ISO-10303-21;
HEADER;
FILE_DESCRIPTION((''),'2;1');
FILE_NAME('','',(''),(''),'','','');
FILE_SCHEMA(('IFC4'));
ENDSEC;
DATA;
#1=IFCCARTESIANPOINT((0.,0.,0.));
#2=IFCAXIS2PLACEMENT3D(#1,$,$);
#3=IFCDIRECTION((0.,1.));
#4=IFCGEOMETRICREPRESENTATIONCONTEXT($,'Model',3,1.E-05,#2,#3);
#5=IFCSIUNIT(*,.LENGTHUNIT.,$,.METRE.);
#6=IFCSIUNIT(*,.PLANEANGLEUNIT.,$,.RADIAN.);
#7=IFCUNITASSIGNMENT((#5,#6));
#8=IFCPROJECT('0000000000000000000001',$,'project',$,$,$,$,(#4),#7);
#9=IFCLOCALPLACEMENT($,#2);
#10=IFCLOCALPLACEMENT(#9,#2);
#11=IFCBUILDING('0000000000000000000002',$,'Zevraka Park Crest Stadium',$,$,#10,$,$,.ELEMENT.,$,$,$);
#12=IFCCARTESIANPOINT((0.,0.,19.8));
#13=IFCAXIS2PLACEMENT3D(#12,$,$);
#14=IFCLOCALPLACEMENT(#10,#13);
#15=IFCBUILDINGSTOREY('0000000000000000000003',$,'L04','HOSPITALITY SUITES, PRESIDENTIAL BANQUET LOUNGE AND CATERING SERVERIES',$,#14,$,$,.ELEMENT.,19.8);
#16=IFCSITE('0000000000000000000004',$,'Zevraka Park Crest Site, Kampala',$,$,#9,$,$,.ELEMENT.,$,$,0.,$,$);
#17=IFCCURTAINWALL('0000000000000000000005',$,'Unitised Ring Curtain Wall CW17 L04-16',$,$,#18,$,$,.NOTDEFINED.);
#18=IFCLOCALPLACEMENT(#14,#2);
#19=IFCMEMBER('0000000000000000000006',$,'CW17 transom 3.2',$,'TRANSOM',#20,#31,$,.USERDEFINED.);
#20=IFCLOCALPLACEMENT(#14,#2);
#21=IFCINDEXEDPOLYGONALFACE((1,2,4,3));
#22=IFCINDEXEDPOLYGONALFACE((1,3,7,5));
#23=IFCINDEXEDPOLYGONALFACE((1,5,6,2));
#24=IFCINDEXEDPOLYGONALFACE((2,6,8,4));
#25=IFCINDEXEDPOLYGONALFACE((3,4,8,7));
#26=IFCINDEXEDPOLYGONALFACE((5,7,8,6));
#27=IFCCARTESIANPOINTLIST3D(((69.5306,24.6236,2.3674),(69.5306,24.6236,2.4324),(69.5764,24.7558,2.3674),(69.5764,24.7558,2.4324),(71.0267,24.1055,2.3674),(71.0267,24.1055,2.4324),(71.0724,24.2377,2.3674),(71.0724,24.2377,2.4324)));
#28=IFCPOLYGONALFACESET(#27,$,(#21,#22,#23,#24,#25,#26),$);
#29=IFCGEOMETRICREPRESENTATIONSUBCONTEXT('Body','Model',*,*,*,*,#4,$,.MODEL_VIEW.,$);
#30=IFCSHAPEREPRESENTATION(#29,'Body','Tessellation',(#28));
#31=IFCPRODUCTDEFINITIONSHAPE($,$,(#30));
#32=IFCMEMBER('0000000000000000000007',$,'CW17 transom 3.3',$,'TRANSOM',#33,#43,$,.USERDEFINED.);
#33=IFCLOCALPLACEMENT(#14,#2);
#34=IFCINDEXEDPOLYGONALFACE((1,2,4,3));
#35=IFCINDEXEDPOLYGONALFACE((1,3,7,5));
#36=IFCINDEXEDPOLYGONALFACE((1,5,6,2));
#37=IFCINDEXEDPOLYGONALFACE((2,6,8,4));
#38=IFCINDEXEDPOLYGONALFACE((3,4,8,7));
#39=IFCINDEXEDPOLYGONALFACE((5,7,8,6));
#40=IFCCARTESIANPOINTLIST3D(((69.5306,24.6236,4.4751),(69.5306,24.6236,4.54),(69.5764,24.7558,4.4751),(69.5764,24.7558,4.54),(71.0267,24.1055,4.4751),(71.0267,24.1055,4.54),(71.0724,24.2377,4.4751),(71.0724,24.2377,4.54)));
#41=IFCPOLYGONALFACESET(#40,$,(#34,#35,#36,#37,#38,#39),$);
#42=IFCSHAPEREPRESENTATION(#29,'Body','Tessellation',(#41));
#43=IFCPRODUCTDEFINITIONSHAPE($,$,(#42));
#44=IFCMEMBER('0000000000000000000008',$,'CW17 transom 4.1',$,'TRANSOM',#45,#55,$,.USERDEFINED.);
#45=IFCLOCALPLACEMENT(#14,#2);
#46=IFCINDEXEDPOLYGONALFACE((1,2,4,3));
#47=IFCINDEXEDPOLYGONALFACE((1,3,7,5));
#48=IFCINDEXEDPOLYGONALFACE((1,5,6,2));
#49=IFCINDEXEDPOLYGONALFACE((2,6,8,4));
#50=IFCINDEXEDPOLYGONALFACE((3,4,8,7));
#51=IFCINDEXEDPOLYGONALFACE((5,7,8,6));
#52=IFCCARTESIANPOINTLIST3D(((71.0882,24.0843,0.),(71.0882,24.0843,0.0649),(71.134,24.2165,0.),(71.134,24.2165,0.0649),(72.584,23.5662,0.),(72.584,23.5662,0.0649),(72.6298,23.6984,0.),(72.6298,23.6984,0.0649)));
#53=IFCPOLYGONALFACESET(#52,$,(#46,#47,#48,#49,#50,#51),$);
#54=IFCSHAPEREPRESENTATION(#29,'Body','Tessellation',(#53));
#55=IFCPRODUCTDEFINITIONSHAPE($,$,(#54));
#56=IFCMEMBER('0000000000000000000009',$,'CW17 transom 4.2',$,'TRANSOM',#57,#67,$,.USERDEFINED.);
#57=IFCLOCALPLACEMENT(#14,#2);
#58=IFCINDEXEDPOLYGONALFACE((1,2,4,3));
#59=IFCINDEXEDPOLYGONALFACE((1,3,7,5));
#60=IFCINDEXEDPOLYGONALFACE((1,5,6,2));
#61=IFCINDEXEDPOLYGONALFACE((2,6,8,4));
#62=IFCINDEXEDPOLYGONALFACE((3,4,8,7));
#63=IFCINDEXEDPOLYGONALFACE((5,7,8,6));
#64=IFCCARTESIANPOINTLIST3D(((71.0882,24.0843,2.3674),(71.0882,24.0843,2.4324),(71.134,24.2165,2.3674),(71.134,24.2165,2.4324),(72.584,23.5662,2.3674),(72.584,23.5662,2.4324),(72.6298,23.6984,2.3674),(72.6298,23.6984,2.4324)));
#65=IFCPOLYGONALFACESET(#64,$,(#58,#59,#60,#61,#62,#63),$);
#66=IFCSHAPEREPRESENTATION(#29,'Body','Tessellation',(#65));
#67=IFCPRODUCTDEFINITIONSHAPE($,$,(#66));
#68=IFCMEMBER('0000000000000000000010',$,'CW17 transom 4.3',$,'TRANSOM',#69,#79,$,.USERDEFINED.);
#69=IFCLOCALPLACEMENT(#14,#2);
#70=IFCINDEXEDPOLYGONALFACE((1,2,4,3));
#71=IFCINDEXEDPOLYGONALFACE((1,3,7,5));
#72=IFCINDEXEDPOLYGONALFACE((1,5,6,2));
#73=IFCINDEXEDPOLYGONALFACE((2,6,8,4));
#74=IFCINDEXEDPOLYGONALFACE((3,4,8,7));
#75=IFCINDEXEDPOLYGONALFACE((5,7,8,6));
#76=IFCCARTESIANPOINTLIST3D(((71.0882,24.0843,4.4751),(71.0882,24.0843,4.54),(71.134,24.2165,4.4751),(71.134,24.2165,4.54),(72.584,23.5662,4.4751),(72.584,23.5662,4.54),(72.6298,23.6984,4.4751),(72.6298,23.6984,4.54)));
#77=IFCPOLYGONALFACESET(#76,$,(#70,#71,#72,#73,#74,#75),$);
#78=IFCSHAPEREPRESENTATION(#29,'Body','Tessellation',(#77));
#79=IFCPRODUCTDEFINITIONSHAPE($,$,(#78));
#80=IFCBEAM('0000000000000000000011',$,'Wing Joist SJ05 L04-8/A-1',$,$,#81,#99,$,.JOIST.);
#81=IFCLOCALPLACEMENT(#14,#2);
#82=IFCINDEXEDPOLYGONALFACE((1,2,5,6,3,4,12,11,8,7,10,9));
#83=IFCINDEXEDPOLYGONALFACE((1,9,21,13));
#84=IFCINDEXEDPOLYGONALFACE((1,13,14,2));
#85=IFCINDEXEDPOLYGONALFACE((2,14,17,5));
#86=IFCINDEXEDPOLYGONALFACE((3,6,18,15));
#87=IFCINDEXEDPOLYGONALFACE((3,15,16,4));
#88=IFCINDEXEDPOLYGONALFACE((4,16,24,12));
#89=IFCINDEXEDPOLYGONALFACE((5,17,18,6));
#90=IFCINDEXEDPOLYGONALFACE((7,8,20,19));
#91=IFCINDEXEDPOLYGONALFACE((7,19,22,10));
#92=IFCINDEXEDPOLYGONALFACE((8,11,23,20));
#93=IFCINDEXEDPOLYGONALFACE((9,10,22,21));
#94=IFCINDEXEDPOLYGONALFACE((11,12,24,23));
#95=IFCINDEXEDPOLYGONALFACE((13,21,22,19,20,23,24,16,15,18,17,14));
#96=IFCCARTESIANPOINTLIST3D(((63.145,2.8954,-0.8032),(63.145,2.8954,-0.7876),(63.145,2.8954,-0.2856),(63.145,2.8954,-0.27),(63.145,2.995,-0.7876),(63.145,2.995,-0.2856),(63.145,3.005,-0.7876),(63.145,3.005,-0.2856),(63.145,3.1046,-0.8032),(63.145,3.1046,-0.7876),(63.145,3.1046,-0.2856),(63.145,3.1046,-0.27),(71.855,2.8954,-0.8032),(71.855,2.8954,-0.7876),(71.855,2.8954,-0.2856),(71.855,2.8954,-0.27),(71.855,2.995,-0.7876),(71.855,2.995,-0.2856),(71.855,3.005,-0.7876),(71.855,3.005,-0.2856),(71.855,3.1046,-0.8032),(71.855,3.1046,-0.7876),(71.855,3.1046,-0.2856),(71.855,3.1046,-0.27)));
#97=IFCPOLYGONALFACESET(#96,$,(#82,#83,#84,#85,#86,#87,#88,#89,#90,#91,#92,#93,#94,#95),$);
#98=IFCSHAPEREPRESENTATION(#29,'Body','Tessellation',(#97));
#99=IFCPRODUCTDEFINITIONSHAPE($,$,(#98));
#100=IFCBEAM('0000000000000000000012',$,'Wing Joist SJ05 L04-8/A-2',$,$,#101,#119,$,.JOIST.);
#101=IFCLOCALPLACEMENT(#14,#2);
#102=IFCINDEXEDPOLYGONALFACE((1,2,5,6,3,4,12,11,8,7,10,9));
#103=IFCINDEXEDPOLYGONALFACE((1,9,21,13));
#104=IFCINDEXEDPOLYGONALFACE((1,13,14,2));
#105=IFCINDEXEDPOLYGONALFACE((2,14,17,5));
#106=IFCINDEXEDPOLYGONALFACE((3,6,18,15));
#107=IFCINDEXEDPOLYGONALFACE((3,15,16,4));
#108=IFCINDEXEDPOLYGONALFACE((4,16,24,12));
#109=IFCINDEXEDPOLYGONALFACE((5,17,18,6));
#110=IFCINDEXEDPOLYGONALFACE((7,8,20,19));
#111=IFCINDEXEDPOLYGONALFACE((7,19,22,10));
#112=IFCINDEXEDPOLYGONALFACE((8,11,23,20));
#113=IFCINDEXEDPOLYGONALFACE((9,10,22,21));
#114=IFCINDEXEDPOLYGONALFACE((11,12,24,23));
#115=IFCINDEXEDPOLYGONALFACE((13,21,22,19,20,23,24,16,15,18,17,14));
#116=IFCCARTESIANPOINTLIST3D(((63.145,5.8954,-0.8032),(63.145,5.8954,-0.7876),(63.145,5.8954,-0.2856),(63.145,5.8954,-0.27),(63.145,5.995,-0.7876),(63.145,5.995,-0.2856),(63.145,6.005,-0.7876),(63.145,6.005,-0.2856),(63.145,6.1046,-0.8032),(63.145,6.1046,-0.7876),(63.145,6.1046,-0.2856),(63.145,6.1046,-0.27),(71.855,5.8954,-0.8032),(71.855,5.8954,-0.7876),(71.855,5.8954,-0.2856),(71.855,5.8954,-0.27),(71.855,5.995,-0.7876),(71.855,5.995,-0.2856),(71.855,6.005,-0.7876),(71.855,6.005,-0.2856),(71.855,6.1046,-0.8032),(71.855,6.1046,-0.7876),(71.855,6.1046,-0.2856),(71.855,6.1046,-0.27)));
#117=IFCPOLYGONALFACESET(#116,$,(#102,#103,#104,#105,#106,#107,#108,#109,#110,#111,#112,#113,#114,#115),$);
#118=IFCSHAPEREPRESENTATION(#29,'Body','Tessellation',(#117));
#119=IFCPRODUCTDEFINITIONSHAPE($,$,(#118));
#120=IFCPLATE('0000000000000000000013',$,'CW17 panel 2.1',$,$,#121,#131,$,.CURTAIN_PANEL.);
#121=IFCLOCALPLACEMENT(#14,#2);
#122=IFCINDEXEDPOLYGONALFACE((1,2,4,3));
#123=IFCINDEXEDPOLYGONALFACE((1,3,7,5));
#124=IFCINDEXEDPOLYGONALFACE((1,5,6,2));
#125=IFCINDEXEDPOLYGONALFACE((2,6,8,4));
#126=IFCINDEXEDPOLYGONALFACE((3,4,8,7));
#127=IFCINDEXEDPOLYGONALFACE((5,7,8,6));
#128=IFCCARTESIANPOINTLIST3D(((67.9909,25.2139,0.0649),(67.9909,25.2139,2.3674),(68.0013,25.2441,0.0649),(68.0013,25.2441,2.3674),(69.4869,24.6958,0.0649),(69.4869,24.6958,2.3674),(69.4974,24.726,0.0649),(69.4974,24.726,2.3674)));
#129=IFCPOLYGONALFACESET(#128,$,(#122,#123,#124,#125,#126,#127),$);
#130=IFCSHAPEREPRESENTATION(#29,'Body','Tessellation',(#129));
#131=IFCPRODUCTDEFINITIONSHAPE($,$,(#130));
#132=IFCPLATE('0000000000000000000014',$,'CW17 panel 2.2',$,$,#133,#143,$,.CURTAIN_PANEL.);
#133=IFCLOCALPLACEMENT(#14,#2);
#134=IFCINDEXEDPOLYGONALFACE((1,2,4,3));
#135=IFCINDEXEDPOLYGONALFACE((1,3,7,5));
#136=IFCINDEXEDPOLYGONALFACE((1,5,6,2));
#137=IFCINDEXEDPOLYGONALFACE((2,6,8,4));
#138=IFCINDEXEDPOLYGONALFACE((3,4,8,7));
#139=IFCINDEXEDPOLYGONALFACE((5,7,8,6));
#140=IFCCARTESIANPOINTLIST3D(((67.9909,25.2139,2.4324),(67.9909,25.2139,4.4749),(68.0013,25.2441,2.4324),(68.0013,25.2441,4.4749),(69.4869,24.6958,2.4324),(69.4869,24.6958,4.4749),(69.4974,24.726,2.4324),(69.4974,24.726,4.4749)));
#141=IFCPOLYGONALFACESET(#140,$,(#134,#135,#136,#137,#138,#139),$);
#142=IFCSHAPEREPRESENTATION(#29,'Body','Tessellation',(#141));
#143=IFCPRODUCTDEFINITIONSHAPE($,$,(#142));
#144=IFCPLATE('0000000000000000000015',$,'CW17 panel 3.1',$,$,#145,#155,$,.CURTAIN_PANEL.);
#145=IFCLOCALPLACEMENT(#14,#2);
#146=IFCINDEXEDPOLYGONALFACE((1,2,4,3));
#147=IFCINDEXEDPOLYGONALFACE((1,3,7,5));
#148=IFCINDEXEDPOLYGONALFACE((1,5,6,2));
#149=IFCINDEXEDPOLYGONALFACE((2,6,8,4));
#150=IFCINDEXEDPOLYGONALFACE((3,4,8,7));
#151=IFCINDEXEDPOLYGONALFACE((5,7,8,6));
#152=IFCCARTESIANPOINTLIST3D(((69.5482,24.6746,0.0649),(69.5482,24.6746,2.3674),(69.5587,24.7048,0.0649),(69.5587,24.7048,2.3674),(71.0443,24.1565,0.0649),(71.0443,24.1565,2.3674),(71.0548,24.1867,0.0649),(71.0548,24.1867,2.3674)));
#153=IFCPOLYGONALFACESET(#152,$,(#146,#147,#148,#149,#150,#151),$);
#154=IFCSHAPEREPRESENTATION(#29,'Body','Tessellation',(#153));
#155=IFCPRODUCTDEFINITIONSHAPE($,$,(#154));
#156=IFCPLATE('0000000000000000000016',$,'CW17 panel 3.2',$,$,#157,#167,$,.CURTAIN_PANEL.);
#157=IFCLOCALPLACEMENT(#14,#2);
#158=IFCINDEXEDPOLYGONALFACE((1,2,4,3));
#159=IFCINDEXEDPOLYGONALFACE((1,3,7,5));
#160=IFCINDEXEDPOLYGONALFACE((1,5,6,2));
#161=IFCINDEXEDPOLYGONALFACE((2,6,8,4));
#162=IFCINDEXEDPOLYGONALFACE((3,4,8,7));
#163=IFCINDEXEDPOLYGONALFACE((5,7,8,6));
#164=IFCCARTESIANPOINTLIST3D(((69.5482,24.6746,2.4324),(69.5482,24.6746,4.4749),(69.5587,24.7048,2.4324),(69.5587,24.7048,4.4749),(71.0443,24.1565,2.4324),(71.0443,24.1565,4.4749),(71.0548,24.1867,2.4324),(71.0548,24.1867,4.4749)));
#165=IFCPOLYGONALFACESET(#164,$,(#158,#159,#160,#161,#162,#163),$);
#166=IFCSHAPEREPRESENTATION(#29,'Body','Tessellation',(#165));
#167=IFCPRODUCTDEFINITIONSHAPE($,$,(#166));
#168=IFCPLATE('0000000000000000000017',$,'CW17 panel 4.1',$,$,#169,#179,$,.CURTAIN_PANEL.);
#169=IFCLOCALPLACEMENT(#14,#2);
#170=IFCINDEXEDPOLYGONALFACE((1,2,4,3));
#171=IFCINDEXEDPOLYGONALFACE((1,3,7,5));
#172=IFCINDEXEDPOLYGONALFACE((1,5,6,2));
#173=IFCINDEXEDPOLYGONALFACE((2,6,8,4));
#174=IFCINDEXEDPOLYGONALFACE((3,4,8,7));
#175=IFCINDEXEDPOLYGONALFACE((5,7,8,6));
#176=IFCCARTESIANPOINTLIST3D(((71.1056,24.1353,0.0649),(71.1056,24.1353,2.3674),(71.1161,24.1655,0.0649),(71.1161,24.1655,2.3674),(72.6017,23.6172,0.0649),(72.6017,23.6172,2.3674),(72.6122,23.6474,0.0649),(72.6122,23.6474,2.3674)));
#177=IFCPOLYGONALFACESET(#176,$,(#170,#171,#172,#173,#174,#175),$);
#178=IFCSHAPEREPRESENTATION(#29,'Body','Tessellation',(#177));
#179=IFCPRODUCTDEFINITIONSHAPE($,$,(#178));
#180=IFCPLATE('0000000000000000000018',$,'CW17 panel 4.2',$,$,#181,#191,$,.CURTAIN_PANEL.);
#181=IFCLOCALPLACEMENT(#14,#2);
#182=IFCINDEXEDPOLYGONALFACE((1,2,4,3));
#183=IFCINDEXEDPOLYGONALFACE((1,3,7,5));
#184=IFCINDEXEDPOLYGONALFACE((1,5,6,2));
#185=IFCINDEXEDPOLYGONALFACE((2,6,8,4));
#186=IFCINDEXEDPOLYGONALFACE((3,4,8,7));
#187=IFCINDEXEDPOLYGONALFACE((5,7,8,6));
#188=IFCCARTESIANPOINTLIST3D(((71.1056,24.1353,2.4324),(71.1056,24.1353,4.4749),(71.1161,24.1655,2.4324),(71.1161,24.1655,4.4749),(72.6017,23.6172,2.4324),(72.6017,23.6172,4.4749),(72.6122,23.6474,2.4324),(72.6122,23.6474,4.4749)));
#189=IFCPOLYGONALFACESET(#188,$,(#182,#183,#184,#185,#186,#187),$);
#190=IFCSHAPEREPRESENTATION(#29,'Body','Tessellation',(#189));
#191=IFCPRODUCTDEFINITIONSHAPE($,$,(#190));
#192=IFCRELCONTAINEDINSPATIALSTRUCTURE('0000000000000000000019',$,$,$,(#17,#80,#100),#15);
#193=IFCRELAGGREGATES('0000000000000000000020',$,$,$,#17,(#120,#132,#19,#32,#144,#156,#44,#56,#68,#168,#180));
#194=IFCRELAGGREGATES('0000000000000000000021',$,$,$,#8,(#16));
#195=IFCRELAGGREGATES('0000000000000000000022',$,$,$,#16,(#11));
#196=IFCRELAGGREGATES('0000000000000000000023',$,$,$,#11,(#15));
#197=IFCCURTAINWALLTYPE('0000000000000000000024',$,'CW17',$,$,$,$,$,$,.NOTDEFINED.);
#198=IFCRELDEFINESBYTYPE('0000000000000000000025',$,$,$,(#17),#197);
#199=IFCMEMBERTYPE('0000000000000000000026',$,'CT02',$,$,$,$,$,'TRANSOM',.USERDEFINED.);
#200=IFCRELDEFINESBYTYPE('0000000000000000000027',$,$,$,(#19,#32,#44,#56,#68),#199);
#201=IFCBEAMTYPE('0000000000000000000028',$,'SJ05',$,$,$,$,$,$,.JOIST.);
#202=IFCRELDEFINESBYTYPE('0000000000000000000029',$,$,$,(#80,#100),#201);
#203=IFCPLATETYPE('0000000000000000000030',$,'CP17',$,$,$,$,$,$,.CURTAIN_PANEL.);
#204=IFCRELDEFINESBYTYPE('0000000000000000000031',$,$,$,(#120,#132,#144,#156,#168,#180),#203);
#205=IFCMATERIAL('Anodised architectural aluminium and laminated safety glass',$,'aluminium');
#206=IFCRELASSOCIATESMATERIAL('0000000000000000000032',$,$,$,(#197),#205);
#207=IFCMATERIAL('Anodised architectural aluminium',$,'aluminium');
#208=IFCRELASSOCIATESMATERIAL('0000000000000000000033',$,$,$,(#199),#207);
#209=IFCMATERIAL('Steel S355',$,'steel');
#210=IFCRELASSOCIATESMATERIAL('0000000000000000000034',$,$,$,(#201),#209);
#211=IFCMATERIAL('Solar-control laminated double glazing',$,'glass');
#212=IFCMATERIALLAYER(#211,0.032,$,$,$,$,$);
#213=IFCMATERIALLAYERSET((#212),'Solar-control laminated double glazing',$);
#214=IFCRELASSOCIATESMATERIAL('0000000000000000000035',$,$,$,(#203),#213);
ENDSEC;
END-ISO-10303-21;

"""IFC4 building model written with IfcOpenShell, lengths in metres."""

from ifc_helpers import new_model, si_unit, direction, frame, origin, origin_2d, place, context, subcontext, project, spatial, rectangle, i_section, extrude, material, layer, layer_set, material_profile, profile_set, type_object, element, aggregate, save


model = new_model("IFC4")

# Units and contexts
model_context = context("Model", 3, precision=1e-05, world=origin(), true_north=direction((0.0, 1.0)))
body_context = subcontext(model_context, "Body", "Model", "MODEL_VIEW")
ifc_project = project(units=[si_unit("LENGTHUNIT", "METRE"), si_unit("PLANEANGLEUNIT", "RADIAN")], contexts=[model_context])

# Site, building, storey
site_placement = place(None, origin())
site = spatial("IfcSite", under=ifc_project, at=site_placement, Name="Zevraka Park Crest Site, Kampala", CompositionType="ELEMENT", RefElevation=0.0)
building_placement = place(site_placement, origin())
building = spatial("IfcBuilding", under=site, at=building_placement, Name="Zevraka Park Crest Stadium", CompositionType="ELEMENT")
storey_placement = place(building_placement, frame((0.0, 0.0, 19.8)))
storey = spatial("IfcBuildingStorey", under=building, at=storey_placement, Name="L04", Description="HOSPITALITY SUITES, PRESIDENTIAL BANQUET LOUNGE AND CATERING SERVERIES", CompositionType="ELEMENT", Elevation=19.8)

# Curtain wall, members
ifc_material_1 = material(Name="Anodised architectural aluminium and laminated safety glass", Category="aluminium")
curtain_wall_type = type_object("IfcCurtainWallType", Name="CW17", PredefinedType="NOTDEFINED", material=ifc_material_1)
curtain_wall_placement = place(storey_placement, origin())
curtain_wall = element("IfcCurtainWall", 1, at=curtain_wall_placement, inside=storey, type_object=curtain_wall_type, Name="Unitised Ring Curtain Wall CW17 L04-16", PredefinedType="NOTDEFINED")
ifc_material_2 = material(Name="Anodised architectural aluminium", Category="aluminium")
ifc_material_profile_1 = material_profile(ifc_material_2, rectangle(XDim=0.1399, YDim=0.0649, at=origin_2d()), Name="ALU TRANSOM 140x65")
ifc_profile_set_1 = profile_set([ifc_material_profile_1], Name="Anodised architectural aluminium")
member_type_1 = type_object("IfcMemberType", Name="CT02", ElementType="TRANSOM", PredefinedType="USERDEFINED", material=ifc_profile_set_1)
member_1_placement = place(storey_placement, frame((69.5535, 24.6897, 2.3999), z_axis=(0.944949, -0.327216, 0.0), x_axis=(0.327216, 0.944949, 0.0)))
member_1 = element("IfcMember", 2, at=member_1_placement, type_object=member_type_1, Name="CW17 transom 3.2", ObjectType="TRANSOM", PredefinedType="USERDEFINED", context=body_context, shape_type="SweptSolid", body=[
    extrude(rectangle(XDim=0.1399, YDim=0.0649, at=origin_2d()), origin(), (0.0, 0.0, 1.0), 1.5833),
])
member_2_placement = place(storey_placement, frame((69.5535, 24.6897, 4.5076), z_axis=(0.944949, -0.327216, 0.0), x_axis=(0.327216, 0.944949, 0.0)))
member_2 = element("IfcMember", 3, at=member_2_placement, type_object=member_type_1, Name="CW17 transom 3.3", ObjectType="TRANSOM", PredefinedType="USERDEFINED", context=body_context, shape_type="SweptSolid", body=[
    extrude(rectangle(XDim=0.1399, YDim=0.0649, at=origin_2d()), origin(), (0.0, 0.0, 1.0), 1.5833),
])
member_3_placement = place(storey_placement, frame((71.1111, 24.1504, 0.0325), z_axis=(0.944933, -0.327264, 0.0), x_axis=(0.327264, 0.944933, 0.0)))
member_3 = element("IfcMember", 4, at=member_3_placement, type_object=member_type_1, Name="CW17 transom 4.1", ObjectType="TRANSOM", PredefinedType="USERDEFINED", context=body_context, shape_type="SweptSolid", body=[
    extrude(rectangle(XDim=0.1399, YDim=0.0649, at=origin_2d()), origin(), (0.0, 0.0, 1.0), 1.583),
])
member_4_placement = place(storey_placement, frame((71.1111, 24.1504, 2.3999), z_axis=(0.944933, -0.327264, 0.0), x_axis=(0.327264, 0.944933, 0.0)))
member_4 = element("IfcMember", 5, at=member_4_placement, type_object=member_type_1, Name="CW17 transom 4.2", ObjectType="TRANSOM", PredefinedType="USERDEFINED", context=body_context, shape_type="SweptSolid", body=[
    extrude(rectangle(XDim=0.1399, YDim=0.0649, at=origin_2d()), origin(), (0.0, 0.0, 1.0), 1.583),
])
member_5_placement = place(storey_placement, frame((71.1111, 24.1504, 4.5076), z_axis=(0.944933, -0.327264, 0.0), x_axis=(0.327264, 0.944933, 0.0)))
member_5 = element("IfcMember", 6, at=member_5_placement, type_object=member_type_1, Name="CW17 transom 4.3", ObjectType="TRANSOM", PredefinedType="USERDEFINED", context=body_context, shape_type="SweptSolid", body=[
    extrude(rectangle(XDim=0.1399, YDim=0.0649, at=origin_2d()), origin(), (0.0, 0.0, 1.0), 1.583),
])

# Beams
ifc_material_3 = material(Name="Steel S355", Category="steel")
ifc_material_profile_2 = material_profile(ifc_material_3, i_section(OverallWidth=0.2092, OverallDepth=0.5332, WebThickness=0.01, FlangeThickness=0.0156, at=origin_2d()), Name="UKB 533x210x92")
ifc_profile_set_2 = profile_set([ifc_material_profile_2], Name="Steel S355")
beam_type_1 = type_object("IfcBeamType", Name="SJ05", PredefinedType="JOIST", material=ifc_profile_set_2)
for number, where, z_axis, x_axis, name in (
    (7, (63.145, 3.0, -0.5366), (1.0, 0.0, 0.0), (0.0, 1.0, 0.0), "Wing Joist SJ05 L04-8/A-1"),
    (8, (63.145, 6.0, -0.5366), (1.0, 0.0, 0.0), (0.0, 1.0, 0.0), "Wing Joist SJ05 L04-8/A-2"),
):
    element("IfcBeam", number, at=place(storey_placement, frame(where, z_axis=z_axis, x_axis=x_axis)), inside=storey, type_object=beam_type_1, Name=name, PredefinedType="JOIST", context=body_context, shape_type="SweptSolid", body=[
        extrude(i_section(OverallWidth=0.2092, OverallDepth=0.5332, WebThickness=0.01, FlangeThickness=0.0156, at=origin_2d()), origin(), (0.0, 0.0, 1.0), 8.71),
    ])

# Plates
ifc_material_4 = material(Name="Solar-control laminated double glazing", Category="glass")
ifc_layer_1 = layer(ifc_material_4, 0.032)
ifc_layer_set_1 = layer_set([ifc_layer_1], Name="Solar-control laminated double glazing")
plate_type = type_object("IfcPlateType", Name="CP17", PredefinedType="CURTAIN_PANEL", material=ifc_layer_set_1)
plate_1_placement = place(storey_placement, frame((68.7441, 24.97, 0.0649), z_axis=(0.0, 0.0, 1.0), x_axis=(0.94494, -0.327245, 0.0)))
plate_1 = element("IfcPlate", 9, at=plate_1_placement, type_object=plate_type, Name="CW17 panel 2.1", PredefinedType="CURTAIN_PANEL", context=body_context, shape_type="SweptSolid", body=[
    extrude(rectangle(XDim=1.5833, YDim=0.032, at=origin_2d()), origin(), (0.0, 0.0, 1.0), 2.3025),
])
plate_2_placement = place(storey_placement, frame((68.7441, 24.97, 2.4324), z_axis=(0.0, 0.0, 1.0), x_axis=(0.94494, -0.327245, 0.0)))
plate_2 = element("IfcPlate", 10, at=plate_2_placement, type_object=plate_type, Name="CW17 panel 2.2", PredefinedType="CURTAIN_PANEL", context=body_context, shape_type="SweptSolid", body=[
    extrude(rectangle(XDim=1.5833, YDim=0.032, at=origin_2d()), origin(), (0.0, 0.0, 1.0), 2.0425),
])
plate_3_placement = place(storey_placement, frame((70.3015, 24.4307, 0.0649), z_axis=(0.0, 0.0, 1.0), x_axis=(0.94494, -0.327245, 0.0)))
plate_3 = element("IfcPlate", 11, at=plate_3_placement, type_object=plate_type, Name="CW17 panel 3.1", PredefinedType="CURTAIN_PANEL", context=body_context, shape_type="SweptSolid", body=[
    extrude(rectangle(XDim=1.5833, YDim=0.032, at=origin_2d()), origin(), (0.0, 0.0, 1.0), 2.3025),
])
plate_4_placement = place(storey_placement, frame((70.3015, 24.4307, 2.4324), z_axis=(0.0, 0.0, 1.0), x_axis=(0.94494, -0.327245, 0.0)))
plate_4 = element("IfcPlate", 12, at=plate_4_placement, type_object=plate_type, Name="CW17 panel 3.2", PredefinedType="CURTAIN_PANEL", context=body_context, shape_type="SweptSolid", body=[
    extrude(rectangle(XDim=1.5833, YDim=0.032, at=origin_2d()), origin(), (0.0, 0.0, 1.0), 2.0425),
])
plate_5_placement = place(storey_placement, frame((71.8589, 23.8914, 0.0649), z_axis=(0.0, 0.0, 1.0), x_axis=(0.94494, -0.327245, 0.0)))
plate_5 = element("IfcPlate", 13, at=plate_5_placement, type_object=plate_type, Name="CW17 panel 4.1", PredefinedType="CURTAIN_PANEL", context=body_context, shape_type="SweptSolid", body=[
    extrude(rectangle(XDim=1.5833, YDim=0.032, at=origin_2d()), origin(), (0.0, 0.0, 1.0), 2.3025),
])
plate_6_placement = place(storey_placement, frame((71.8589, 23.8914, 2.4324), z_axis=(0.0, 0.0, 1.0), x_axis=(0.94494, -0.327245, 0.0)))
plate_6 = element("IfcPlate", 14, at=plate_6_placement, type_object=plate_type, Name="CW17 panel 4.2", PredefinedType="CURTAIN_PANEL", context=body_context, shape_type="SweptSolid", body=[
    extrude(rectangle(XDim=1.5833, YDim=0.032, at=origin_2d()), origin(), (0.0, 0.0, 1.0), 2.0425),
])
aggregate(curtain_wall, [plate_1, plate_2, member_1, member_2, plate_3, plate_4, member_3, member_4, member_5, plate_5, plate_6])

save(model, "model.ifc")
